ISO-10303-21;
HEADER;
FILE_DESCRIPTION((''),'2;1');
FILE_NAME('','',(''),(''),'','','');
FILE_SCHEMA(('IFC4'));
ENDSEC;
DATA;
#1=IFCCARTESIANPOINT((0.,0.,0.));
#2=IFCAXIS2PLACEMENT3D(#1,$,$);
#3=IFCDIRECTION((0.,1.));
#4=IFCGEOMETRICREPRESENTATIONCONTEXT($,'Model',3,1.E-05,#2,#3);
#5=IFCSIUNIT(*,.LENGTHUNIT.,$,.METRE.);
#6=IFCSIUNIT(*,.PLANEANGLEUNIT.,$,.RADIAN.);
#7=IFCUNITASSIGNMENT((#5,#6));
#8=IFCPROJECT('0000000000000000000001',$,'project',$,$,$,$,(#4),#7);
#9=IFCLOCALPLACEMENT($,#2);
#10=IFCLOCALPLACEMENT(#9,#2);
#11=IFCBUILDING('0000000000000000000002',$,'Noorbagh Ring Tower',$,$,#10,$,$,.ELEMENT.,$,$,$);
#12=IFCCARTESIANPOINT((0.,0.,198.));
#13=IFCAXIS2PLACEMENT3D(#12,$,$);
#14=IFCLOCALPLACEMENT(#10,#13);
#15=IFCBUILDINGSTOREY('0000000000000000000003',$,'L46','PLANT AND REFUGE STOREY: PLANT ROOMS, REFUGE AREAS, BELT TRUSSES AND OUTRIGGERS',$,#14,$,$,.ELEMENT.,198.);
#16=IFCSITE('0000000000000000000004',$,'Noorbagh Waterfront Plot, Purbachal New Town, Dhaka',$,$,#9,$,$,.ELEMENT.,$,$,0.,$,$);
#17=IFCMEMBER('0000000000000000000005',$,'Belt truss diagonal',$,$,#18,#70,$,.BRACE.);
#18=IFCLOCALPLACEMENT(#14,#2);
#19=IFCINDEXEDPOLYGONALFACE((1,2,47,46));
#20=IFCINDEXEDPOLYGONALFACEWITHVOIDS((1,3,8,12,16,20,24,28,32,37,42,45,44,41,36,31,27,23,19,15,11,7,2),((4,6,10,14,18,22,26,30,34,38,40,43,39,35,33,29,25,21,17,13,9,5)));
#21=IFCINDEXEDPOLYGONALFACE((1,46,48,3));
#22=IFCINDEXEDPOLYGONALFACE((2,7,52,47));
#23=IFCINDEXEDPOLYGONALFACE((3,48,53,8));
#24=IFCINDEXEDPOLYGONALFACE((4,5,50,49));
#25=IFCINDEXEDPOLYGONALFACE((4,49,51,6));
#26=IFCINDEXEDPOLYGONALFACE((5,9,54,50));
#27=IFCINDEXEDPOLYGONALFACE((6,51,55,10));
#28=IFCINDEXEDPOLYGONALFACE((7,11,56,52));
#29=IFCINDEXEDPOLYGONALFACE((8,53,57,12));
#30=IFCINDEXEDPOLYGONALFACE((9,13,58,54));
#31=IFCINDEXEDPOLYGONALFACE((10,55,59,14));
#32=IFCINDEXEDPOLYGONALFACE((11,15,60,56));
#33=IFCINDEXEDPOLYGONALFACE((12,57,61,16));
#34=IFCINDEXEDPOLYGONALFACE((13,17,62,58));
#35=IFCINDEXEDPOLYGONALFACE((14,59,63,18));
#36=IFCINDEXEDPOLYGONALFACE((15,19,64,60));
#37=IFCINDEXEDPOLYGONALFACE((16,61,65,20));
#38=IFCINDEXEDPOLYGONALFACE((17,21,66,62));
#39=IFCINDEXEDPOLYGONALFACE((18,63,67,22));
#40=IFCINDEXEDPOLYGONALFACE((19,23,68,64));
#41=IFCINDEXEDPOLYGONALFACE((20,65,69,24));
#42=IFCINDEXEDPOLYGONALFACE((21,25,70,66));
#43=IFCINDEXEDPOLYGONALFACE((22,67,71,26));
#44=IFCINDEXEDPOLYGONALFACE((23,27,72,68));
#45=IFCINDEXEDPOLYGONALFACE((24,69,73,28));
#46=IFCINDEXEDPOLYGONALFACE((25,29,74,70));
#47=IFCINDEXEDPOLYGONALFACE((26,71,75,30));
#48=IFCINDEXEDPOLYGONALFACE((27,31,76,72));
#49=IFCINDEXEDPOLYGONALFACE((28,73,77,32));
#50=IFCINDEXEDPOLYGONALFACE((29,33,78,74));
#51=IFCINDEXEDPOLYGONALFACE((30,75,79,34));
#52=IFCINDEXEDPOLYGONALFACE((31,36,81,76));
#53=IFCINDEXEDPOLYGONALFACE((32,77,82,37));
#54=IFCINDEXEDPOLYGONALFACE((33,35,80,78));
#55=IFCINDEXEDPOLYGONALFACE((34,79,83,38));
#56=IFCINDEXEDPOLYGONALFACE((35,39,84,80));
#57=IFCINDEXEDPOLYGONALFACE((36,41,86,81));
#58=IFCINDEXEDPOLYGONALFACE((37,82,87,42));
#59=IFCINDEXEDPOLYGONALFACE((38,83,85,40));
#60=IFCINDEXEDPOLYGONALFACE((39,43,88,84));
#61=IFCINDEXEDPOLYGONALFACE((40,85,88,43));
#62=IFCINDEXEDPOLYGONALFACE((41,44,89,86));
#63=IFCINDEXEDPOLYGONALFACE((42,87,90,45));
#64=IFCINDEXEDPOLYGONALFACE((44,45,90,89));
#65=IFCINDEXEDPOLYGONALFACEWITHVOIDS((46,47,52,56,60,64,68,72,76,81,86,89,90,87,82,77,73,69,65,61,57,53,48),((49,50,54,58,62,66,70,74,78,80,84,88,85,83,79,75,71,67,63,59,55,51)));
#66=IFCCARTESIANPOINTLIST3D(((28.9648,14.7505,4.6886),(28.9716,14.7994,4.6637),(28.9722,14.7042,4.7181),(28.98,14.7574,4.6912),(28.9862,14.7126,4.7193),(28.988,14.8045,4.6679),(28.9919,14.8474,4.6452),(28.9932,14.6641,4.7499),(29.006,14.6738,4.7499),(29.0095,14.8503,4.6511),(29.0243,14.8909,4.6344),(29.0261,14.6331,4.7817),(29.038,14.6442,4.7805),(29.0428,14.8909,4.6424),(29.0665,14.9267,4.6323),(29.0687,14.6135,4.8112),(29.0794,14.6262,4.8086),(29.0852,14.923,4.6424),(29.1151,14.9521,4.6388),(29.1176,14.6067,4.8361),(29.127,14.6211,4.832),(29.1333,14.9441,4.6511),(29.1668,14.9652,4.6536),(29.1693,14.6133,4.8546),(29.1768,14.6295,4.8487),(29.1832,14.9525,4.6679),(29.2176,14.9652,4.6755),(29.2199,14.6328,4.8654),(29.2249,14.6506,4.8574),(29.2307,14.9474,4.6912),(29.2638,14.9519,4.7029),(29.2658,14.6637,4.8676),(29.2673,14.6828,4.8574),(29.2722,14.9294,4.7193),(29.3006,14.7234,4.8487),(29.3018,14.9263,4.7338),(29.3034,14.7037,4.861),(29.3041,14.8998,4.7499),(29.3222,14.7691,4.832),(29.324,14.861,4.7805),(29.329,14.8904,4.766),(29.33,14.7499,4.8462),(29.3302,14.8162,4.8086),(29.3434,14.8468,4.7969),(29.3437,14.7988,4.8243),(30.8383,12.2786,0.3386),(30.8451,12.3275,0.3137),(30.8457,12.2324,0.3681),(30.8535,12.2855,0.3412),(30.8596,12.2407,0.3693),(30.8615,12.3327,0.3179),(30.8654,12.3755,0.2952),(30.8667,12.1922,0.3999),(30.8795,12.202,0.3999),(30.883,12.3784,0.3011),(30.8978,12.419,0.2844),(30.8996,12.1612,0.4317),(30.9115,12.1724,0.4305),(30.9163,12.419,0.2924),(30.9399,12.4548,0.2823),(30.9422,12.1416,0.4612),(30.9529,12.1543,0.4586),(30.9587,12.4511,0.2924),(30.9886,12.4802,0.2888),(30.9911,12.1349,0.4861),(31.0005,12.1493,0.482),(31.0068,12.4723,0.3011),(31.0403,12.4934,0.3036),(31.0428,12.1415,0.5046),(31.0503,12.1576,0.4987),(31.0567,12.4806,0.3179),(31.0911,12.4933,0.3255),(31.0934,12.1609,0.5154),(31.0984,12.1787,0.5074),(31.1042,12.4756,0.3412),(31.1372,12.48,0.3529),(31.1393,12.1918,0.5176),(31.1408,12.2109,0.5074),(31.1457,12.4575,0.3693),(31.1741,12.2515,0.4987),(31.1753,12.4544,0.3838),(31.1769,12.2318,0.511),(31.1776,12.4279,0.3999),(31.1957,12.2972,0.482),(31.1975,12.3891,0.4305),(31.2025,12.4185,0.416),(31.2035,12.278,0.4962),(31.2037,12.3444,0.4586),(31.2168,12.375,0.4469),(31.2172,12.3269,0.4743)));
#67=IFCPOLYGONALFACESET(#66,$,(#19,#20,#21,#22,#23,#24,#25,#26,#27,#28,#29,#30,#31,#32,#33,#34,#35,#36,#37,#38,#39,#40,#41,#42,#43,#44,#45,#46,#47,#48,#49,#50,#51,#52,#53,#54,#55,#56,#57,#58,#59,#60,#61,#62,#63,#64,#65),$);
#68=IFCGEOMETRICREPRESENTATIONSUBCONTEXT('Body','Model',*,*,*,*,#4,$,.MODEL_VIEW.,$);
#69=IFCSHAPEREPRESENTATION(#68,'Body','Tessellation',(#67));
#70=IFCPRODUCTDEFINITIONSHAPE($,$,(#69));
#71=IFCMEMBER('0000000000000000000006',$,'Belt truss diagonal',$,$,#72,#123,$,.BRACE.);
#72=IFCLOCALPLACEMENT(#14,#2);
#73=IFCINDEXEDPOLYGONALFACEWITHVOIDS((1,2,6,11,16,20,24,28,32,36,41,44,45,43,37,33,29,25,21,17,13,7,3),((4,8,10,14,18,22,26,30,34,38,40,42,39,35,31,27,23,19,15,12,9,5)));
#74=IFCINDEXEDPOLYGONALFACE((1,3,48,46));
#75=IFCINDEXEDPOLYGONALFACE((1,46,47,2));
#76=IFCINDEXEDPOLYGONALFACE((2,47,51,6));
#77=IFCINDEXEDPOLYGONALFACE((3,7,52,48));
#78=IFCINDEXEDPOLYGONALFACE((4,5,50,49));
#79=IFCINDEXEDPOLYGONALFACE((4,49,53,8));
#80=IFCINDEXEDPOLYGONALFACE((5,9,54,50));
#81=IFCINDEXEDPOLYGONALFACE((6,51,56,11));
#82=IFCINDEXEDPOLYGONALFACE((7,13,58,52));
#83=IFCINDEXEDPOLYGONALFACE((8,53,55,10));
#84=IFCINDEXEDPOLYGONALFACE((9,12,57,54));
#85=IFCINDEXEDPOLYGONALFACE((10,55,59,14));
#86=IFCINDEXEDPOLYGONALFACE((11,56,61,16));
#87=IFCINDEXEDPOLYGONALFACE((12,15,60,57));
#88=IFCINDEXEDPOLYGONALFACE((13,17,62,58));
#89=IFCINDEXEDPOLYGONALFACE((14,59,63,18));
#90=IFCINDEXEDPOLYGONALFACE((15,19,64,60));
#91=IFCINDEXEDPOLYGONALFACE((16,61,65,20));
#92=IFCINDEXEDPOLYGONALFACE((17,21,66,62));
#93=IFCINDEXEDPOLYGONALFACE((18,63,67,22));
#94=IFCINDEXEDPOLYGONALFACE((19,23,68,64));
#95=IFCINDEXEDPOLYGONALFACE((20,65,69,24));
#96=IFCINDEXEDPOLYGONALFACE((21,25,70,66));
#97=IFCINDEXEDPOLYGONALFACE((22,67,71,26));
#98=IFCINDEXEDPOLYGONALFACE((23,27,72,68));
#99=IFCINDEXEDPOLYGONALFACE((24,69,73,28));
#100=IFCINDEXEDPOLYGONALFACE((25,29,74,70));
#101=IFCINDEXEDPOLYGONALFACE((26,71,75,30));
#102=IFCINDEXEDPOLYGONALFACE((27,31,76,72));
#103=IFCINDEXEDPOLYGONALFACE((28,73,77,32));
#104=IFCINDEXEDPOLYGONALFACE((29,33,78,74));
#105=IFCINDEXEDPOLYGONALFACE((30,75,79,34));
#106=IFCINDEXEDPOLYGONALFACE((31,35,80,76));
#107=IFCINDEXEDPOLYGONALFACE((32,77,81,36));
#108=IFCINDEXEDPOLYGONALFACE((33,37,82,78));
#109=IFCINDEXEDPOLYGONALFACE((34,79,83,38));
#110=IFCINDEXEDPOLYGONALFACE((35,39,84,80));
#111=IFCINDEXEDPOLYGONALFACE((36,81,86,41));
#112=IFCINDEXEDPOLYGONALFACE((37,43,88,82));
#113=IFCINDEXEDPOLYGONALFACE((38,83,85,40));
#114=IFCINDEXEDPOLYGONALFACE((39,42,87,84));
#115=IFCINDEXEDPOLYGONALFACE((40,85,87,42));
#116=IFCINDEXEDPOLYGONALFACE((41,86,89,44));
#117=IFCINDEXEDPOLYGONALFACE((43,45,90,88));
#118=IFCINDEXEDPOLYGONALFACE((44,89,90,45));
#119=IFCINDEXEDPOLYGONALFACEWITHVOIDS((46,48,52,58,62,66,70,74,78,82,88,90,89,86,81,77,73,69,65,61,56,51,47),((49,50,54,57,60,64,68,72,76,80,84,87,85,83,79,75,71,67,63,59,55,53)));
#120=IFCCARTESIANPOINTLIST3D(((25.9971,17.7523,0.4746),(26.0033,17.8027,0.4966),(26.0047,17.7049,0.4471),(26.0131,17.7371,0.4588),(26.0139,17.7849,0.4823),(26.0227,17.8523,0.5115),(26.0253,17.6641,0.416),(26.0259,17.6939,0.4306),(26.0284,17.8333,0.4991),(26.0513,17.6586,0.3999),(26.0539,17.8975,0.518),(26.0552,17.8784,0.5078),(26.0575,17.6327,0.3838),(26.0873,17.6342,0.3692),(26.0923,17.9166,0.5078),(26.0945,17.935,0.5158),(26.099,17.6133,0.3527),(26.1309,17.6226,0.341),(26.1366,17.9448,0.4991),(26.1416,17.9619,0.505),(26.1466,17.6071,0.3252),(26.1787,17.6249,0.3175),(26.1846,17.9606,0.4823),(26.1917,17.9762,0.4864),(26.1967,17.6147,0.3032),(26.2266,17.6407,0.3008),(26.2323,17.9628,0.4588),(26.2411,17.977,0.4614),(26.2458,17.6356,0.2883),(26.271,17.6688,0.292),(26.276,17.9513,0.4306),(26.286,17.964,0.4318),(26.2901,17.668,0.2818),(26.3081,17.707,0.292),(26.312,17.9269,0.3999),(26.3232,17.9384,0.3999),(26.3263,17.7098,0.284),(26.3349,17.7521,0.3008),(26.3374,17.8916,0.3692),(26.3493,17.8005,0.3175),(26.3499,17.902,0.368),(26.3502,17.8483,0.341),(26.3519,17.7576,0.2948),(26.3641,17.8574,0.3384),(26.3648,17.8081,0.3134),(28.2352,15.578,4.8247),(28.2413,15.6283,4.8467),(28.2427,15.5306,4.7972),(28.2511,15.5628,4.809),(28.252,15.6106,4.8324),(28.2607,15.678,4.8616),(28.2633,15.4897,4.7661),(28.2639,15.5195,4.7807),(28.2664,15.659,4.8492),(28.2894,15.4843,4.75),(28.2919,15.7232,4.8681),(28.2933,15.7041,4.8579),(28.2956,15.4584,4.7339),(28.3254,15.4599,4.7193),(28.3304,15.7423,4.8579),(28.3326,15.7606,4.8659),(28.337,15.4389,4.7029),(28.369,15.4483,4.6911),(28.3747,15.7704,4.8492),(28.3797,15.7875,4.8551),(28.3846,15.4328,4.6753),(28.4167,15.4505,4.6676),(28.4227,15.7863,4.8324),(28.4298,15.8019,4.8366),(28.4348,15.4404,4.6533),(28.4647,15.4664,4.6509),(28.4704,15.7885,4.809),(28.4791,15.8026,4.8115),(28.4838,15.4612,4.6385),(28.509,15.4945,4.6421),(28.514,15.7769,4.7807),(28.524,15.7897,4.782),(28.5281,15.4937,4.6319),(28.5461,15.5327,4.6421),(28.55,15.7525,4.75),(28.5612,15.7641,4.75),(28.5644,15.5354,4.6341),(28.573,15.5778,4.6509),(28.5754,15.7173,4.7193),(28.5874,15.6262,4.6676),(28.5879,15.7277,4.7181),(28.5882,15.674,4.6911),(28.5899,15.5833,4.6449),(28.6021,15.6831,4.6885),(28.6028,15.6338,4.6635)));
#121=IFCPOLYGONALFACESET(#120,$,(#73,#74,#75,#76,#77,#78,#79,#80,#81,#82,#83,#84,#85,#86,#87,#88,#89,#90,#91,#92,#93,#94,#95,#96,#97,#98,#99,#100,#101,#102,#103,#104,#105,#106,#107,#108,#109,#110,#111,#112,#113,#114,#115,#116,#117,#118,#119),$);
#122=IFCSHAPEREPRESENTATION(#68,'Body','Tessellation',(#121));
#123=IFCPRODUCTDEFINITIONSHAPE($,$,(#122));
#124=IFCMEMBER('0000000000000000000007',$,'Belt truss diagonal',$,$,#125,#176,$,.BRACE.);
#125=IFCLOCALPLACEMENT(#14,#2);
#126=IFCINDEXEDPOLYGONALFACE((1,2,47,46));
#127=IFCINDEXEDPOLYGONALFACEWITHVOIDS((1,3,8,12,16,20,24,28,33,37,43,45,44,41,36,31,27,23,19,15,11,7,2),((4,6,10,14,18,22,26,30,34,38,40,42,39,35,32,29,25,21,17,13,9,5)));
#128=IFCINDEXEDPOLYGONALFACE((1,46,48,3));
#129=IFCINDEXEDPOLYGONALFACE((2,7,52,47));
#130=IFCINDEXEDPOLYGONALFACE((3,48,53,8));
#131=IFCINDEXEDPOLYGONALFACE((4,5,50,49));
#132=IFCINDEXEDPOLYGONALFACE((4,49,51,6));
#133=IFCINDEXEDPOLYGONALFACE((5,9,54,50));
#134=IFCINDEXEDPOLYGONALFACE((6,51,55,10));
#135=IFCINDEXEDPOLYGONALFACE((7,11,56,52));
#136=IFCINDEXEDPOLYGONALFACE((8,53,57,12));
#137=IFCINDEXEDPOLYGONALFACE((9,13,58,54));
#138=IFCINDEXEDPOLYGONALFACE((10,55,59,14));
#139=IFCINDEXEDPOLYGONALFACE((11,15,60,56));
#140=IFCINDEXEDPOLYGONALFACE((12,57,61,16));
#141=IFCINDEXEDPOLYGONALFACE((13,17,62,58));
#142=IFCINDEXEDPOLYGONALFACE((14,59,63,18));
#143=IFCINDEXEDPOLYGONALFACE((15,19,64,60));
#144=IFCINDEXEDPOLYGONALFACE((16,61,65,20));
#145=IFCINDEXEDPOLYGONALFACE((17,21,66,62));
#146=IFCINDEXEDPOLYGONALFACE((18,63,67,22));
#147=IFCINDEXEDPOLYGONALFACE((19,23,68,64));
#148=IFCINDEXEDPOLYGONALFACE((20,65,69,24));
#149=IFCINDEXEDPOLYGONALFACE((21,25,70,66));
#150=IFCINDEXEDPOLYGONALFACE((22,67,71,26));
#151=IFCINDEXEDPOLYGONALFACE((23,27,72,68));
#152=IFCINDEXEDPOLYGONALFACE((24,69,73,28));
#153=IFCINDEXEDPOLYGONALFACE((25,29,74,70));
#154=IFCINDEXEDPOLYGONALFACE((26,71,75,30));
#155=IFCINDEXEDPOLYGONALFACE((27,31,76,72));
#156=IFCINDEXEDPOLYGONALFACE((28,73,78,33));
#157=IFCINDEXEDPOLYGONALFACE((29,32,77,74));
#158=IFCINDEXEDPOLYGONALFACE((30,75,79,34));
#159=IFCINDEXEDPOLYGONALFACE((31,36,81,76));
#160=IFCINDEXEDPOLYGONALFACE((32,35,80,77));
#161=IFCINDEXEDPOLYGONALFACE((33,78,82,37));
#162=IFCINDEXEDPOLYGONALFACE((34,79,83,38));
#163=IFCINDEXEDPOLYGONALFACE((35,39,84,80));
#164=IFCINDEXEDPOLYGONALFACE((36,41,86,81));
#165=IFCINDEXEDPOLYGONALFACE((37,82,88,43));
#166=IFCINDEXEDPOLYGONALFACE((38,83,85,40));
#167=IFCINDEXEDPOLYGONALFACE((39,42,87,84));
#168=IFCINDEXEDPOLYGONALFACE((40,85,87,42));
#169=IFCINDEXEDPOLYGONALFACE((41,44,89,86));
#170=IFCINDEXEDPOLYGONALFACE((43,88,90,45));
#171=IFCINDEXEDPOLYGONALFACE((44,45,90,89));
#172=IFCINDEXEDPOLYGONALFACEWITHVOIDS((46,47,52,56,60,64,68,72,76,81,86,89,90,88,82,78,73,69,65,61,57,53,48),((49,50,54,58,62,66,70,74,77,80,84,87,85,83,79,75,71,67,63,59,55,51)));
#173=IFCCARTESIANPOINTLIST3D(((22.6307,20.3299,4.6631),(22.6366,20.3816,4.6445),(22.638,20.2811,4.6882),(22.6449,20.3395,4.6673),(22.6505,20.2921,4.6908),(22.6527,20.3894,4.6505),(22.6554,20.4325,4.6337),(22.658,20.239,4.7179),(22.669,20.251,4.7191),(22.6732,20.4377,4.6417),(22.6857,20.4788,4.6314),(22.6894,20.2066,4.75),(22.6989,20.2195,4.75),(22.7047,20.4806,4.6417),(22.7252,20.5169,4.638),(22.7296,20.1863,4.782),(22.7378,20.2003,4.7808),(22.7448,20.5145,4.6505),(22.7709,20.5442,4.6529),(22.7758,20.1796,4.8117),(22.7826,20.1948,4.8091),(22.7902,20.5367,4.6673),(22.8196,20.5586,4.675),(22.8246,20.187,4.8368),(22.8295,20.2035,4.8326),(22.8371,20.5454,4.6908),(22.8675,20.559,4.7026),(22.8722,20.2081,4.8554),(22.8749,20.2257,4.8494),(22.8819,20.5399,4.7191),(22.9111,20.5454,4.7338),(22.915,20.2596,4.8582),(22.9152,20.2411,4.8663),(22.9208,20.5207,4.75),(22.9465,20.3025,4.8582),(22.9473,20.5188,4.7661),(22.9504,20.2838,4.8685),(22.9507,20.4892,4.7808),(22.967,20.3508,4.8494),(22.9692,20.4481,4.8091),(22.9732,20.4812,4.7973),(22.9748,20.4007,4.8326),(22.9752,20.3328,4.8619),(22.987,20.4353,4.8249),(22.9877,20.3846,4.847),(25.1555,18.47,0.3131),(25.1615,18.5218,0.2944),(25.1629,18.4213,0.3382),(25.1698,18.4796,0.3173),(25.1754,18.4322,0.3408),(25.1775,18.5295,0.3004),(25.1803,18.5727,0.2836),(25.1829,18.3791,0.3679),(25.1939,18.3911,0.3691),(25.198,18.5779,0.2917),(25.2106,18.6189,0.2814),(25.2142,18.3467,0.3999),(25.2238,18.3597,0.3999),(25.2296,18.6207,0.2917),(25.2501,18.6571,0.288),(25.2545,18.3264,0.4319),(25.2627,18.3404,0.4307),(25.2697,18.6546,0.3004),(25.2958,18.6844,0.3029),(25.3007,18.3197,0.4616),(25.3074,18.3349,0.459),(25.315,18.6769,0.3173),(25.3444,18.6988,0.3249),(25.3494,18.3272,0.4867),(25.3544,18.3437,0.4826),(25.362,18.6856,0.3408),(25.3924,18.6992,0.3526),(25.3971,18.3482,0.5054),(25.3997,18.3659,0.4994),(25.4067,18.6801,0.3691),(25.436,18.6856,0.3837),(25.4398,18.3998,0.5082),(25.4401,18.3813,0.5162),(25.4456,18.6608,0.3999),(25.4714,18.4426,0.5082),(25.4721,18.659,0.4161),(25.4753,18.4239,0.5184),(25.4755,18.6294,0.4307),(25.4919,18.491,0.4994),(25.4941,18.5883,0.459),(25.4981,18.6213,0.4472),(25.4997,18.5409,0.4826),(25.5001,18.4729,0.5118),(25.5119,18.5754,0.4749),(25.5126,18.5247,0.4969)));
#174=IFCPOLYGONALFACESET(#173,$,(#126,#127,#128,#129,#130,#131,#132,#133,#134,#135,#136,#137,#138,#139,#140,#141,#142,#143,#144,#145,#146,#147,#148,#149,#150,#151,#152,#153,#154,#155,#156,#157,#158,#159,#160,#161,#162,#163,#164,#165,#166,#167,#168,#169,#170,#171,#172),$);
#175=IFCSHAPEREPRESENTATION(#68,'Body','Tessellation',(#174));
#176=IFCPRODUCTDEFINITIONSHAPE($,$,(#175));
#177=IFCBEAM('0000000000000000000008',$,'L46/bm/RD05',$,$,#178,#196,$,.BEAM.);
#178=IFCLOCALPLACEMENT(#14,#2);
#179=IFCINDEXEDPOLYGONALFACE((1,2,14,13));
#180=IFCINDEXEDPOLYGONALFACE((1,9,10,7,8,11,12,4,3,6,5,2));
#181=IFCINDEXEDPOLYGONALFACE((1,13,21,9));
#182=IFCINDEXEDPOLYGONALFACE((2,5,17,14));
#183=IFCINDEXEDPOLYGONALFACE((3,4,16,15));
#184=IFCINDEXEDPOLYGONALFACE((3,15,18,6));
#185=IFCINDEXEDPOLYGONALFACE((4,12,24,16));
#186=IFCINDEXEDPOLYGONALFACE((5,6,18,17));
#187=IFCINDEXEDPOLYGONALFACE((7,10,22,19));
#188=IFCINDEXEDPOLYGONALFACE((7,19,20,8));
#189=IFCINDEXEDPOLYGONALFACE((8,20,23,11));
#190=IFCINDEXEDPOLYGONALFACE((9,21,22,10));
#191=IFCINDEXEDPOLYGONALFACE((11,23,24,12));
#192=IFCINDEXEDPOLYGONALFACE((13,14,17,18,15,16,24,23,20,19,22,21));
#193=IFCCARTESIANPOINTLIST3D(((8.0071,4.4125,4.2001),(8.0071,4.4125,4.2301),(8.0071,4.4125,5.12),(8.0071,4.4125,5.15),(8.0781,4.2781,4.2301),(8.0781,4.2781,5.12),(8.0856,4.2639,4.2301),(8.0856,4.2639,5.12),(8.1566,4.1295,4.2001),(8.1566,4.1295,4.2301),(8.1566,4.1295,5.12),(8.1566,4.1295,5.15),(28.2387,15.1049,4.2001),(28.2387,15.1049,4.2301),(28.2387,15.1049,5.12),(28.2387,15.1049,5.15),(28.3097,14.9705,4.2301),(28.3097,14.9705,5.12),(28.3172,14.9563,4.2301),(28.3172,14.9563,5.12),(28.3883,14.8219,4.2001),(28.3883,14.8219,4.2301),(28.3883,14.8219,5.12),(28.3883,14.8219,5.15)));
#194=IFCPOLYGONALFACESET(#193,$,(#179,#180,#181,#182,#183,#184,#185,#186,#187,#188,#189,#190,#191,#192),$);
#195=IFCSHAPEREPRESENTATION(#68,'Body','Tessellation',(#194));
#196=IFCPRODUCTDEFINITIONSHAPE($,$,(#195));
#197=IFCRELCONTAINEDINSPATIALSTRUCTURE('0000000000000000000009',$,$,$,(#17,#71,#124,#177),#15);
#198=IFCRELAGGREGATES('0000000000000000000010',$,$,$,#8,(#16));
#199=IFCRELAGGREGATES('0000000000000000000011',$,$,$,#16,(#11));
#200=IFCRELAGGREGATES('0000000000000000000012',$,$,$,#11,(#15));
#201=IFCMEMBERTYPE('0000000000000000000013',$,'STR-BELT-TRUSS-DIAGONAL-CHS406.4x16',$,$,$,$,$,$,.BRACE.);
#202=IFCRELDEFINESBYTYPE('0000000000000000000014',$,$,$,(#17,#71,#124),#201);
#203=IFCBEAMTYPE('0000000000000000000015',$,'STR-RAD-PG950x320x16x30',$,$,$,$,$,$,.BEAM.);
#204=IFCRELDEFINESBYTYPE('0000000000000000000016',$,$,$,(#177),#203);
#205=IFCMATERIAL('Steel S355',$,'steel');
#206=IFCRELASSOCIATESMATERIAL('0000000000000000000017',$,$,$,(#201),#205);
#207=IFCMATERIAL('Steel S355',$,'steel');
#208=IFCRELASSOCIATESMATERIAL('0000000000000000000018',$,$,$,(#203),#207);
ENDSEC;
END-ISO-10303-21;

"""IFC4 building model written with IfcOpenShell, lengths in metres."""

from ifc_helpers import new_model, si_unit, direction, frame, origin, origin_2d, place, context, subcontext, project, spatial, hollow_circle, i_section, extrude, material, material_profile, profile_set, type_object, element, save


model = new_model("IFC4")

# Units and contexts
model_context = context("Model", 3, precision=1e-05, world=origin(), true_north=direction((0.0, 1.0)))
body_context = subcontext(model_context, "Body", "Model", "MODEL_VIEW")
ifc_project = project(units=[si_unit("LENGTHUNIT", "METRE"), si_unit("PLANEANGLEUNIT", "RADIAN")], contexts=[model_context])

# Site, building, storey
site_placement = place(None, origin())
site = spatial("IfcSite", under=ifc_project, at=site_placement, Name="Noorbagh Waterfront Plot, Purbachal New Town, Dhaka", CompositionType="ELEMENT", RefElevation=0.0)
building_placement = place(site_placement, origin())
building = spatial("IfcBuilding", under=site, at=building_placement, Name="Noorbagh Ring Tower", CompositionType="ELEMENT")
storey_placement = place(building_placement, frame((0.0, 0.0, 198.0)))
storey = spatial("IfcBuildingStorey", under=building, at=storey_placement, Name="L46", Description="PLANT AND REFUGE STOREY: PLANT ROOMS, REFUGE AREAS, BELT TRUSSES AND OUTRIGGERS", CompositionType="ELEMENT", Elevation=198.0)

# Members
ifc_material_1 = material(Name="Steel S355", Category="steel")
ifc_material_profile_1 = material_profile(ifc_material_1, hollow_circle(Radius=0.2031, WallThickness=0.0161, at=origin_2d()), Name="CHS406.4x16")
ifc_profile_set_1 = profile_set([ifc_material_profile_1], Name="Steel S355")
member_type = type_object("IfcMemberType", Name="STR-BELT-TRUSS-DIAGONAL-CHS406.4x16", PredefinedType="BRACE", material=ifc_profile_set_1)
member_1_placement = place(storey_placement, frame((31.0286, 12.3149, 0.3999), z_axis=(-0.350675, 0.462678, 0.814221), x_axis=(-0.796958, -0.604035, 0.0)))
element("IfcMember", 1, at=member_1_placement, inside=storey, type_object=member_type, Name="Belt truss diagonal", PredefinedType="BRACE", context=body_context, shape_type="SweptSolid", body=[
    extrude(hollow_circle(Radius=0.2031, WallThickness=0.0161, at=origin_2d()), origin(), (0.0, 0.0, 1.0), 5.3425),
])
member_2_placement = place(storey_placement, frame((26.1816, 17.7927, 0.3999), z_axis=(0.418052, -0.40615, 0.812573), x_axis=(0.696822, 0.717244, 0.0)))
element("IfcMember", 2, at=member_2_placement, inside=storey, type_object=member_type, Name="Belt truss diagonal", PredefinedType="BRACE", context=body_context, shape_type="SweptSolid", body=[
    extrude(hollow_circle(Radius=0.2031, WallThickness=0.0161, at=origin_2d()), origin(), (0.0, 0.0, 1.0), 5.3535),
])
member_3_placement = place(storey_placement, frame((25.3347, 18.5103, 0.3999), z_axis=(-0.470835, 0.346821, 0.811191), x_axis=(-0.593077, -0.805146, 0.0)))
element("IfcMember", 3, at=member_3_placement, inside=storey, type_object=member_type, Name="Belt truss diagonal", PredefinedType="BRACE", context=body_context, shape_type="SweptSolid", body=[
    extrude(hollow_circle(Radius=0.2031, WallThickness=0.0161, at=origin_2d()), origin(), (0.0, 0.0, 1.0), 5.3625),
])

# Beam
ifc_material_2 = material(Name="Steel S355", Category="steel")
ifc_material_profile_2 = material_profile(ifc_material_2, i_section(OverallWidth=0.3201, OverallDepth=0.95, WebThickness=0.0161, FlangeThickness=0.03, at=origin_2d()), Name="PG950x320x16x30")
ifc_profile_set_2 = profile_set([ifc_material_profile_2], Name="Steel S355")
beam_type_1 = type_object("IfcBeamType", Name="STR-RAD-PG950x320x16x30", PredefinedType="BEAM", material=ifc_profile_set_2)
beam_placement = place(storey_placement, frame((28.3135, 14.9634, 4.675), z_axis=(-0.884122, -0.467256, 0.0), x_axis=(0.467256, -0.884122, 0.0)))
element("IfcBeam", 4, at=beam_placement, inside=storey, type_object=beam_type_1, Name="L46/bm/RD05", PredefinedType="BEAM", context=body_context, shape_type="SweptSolid", body=[
    extrude(i_section(OverallWidth=0.3201, OverallDepth=0.95, WebThickness=0.0161, FlangeThickness=0.03, at=origin_2d()), origin(), (0.0, 0.0, 1.0), 22.8833),
])

save(model, "model.ifc")
